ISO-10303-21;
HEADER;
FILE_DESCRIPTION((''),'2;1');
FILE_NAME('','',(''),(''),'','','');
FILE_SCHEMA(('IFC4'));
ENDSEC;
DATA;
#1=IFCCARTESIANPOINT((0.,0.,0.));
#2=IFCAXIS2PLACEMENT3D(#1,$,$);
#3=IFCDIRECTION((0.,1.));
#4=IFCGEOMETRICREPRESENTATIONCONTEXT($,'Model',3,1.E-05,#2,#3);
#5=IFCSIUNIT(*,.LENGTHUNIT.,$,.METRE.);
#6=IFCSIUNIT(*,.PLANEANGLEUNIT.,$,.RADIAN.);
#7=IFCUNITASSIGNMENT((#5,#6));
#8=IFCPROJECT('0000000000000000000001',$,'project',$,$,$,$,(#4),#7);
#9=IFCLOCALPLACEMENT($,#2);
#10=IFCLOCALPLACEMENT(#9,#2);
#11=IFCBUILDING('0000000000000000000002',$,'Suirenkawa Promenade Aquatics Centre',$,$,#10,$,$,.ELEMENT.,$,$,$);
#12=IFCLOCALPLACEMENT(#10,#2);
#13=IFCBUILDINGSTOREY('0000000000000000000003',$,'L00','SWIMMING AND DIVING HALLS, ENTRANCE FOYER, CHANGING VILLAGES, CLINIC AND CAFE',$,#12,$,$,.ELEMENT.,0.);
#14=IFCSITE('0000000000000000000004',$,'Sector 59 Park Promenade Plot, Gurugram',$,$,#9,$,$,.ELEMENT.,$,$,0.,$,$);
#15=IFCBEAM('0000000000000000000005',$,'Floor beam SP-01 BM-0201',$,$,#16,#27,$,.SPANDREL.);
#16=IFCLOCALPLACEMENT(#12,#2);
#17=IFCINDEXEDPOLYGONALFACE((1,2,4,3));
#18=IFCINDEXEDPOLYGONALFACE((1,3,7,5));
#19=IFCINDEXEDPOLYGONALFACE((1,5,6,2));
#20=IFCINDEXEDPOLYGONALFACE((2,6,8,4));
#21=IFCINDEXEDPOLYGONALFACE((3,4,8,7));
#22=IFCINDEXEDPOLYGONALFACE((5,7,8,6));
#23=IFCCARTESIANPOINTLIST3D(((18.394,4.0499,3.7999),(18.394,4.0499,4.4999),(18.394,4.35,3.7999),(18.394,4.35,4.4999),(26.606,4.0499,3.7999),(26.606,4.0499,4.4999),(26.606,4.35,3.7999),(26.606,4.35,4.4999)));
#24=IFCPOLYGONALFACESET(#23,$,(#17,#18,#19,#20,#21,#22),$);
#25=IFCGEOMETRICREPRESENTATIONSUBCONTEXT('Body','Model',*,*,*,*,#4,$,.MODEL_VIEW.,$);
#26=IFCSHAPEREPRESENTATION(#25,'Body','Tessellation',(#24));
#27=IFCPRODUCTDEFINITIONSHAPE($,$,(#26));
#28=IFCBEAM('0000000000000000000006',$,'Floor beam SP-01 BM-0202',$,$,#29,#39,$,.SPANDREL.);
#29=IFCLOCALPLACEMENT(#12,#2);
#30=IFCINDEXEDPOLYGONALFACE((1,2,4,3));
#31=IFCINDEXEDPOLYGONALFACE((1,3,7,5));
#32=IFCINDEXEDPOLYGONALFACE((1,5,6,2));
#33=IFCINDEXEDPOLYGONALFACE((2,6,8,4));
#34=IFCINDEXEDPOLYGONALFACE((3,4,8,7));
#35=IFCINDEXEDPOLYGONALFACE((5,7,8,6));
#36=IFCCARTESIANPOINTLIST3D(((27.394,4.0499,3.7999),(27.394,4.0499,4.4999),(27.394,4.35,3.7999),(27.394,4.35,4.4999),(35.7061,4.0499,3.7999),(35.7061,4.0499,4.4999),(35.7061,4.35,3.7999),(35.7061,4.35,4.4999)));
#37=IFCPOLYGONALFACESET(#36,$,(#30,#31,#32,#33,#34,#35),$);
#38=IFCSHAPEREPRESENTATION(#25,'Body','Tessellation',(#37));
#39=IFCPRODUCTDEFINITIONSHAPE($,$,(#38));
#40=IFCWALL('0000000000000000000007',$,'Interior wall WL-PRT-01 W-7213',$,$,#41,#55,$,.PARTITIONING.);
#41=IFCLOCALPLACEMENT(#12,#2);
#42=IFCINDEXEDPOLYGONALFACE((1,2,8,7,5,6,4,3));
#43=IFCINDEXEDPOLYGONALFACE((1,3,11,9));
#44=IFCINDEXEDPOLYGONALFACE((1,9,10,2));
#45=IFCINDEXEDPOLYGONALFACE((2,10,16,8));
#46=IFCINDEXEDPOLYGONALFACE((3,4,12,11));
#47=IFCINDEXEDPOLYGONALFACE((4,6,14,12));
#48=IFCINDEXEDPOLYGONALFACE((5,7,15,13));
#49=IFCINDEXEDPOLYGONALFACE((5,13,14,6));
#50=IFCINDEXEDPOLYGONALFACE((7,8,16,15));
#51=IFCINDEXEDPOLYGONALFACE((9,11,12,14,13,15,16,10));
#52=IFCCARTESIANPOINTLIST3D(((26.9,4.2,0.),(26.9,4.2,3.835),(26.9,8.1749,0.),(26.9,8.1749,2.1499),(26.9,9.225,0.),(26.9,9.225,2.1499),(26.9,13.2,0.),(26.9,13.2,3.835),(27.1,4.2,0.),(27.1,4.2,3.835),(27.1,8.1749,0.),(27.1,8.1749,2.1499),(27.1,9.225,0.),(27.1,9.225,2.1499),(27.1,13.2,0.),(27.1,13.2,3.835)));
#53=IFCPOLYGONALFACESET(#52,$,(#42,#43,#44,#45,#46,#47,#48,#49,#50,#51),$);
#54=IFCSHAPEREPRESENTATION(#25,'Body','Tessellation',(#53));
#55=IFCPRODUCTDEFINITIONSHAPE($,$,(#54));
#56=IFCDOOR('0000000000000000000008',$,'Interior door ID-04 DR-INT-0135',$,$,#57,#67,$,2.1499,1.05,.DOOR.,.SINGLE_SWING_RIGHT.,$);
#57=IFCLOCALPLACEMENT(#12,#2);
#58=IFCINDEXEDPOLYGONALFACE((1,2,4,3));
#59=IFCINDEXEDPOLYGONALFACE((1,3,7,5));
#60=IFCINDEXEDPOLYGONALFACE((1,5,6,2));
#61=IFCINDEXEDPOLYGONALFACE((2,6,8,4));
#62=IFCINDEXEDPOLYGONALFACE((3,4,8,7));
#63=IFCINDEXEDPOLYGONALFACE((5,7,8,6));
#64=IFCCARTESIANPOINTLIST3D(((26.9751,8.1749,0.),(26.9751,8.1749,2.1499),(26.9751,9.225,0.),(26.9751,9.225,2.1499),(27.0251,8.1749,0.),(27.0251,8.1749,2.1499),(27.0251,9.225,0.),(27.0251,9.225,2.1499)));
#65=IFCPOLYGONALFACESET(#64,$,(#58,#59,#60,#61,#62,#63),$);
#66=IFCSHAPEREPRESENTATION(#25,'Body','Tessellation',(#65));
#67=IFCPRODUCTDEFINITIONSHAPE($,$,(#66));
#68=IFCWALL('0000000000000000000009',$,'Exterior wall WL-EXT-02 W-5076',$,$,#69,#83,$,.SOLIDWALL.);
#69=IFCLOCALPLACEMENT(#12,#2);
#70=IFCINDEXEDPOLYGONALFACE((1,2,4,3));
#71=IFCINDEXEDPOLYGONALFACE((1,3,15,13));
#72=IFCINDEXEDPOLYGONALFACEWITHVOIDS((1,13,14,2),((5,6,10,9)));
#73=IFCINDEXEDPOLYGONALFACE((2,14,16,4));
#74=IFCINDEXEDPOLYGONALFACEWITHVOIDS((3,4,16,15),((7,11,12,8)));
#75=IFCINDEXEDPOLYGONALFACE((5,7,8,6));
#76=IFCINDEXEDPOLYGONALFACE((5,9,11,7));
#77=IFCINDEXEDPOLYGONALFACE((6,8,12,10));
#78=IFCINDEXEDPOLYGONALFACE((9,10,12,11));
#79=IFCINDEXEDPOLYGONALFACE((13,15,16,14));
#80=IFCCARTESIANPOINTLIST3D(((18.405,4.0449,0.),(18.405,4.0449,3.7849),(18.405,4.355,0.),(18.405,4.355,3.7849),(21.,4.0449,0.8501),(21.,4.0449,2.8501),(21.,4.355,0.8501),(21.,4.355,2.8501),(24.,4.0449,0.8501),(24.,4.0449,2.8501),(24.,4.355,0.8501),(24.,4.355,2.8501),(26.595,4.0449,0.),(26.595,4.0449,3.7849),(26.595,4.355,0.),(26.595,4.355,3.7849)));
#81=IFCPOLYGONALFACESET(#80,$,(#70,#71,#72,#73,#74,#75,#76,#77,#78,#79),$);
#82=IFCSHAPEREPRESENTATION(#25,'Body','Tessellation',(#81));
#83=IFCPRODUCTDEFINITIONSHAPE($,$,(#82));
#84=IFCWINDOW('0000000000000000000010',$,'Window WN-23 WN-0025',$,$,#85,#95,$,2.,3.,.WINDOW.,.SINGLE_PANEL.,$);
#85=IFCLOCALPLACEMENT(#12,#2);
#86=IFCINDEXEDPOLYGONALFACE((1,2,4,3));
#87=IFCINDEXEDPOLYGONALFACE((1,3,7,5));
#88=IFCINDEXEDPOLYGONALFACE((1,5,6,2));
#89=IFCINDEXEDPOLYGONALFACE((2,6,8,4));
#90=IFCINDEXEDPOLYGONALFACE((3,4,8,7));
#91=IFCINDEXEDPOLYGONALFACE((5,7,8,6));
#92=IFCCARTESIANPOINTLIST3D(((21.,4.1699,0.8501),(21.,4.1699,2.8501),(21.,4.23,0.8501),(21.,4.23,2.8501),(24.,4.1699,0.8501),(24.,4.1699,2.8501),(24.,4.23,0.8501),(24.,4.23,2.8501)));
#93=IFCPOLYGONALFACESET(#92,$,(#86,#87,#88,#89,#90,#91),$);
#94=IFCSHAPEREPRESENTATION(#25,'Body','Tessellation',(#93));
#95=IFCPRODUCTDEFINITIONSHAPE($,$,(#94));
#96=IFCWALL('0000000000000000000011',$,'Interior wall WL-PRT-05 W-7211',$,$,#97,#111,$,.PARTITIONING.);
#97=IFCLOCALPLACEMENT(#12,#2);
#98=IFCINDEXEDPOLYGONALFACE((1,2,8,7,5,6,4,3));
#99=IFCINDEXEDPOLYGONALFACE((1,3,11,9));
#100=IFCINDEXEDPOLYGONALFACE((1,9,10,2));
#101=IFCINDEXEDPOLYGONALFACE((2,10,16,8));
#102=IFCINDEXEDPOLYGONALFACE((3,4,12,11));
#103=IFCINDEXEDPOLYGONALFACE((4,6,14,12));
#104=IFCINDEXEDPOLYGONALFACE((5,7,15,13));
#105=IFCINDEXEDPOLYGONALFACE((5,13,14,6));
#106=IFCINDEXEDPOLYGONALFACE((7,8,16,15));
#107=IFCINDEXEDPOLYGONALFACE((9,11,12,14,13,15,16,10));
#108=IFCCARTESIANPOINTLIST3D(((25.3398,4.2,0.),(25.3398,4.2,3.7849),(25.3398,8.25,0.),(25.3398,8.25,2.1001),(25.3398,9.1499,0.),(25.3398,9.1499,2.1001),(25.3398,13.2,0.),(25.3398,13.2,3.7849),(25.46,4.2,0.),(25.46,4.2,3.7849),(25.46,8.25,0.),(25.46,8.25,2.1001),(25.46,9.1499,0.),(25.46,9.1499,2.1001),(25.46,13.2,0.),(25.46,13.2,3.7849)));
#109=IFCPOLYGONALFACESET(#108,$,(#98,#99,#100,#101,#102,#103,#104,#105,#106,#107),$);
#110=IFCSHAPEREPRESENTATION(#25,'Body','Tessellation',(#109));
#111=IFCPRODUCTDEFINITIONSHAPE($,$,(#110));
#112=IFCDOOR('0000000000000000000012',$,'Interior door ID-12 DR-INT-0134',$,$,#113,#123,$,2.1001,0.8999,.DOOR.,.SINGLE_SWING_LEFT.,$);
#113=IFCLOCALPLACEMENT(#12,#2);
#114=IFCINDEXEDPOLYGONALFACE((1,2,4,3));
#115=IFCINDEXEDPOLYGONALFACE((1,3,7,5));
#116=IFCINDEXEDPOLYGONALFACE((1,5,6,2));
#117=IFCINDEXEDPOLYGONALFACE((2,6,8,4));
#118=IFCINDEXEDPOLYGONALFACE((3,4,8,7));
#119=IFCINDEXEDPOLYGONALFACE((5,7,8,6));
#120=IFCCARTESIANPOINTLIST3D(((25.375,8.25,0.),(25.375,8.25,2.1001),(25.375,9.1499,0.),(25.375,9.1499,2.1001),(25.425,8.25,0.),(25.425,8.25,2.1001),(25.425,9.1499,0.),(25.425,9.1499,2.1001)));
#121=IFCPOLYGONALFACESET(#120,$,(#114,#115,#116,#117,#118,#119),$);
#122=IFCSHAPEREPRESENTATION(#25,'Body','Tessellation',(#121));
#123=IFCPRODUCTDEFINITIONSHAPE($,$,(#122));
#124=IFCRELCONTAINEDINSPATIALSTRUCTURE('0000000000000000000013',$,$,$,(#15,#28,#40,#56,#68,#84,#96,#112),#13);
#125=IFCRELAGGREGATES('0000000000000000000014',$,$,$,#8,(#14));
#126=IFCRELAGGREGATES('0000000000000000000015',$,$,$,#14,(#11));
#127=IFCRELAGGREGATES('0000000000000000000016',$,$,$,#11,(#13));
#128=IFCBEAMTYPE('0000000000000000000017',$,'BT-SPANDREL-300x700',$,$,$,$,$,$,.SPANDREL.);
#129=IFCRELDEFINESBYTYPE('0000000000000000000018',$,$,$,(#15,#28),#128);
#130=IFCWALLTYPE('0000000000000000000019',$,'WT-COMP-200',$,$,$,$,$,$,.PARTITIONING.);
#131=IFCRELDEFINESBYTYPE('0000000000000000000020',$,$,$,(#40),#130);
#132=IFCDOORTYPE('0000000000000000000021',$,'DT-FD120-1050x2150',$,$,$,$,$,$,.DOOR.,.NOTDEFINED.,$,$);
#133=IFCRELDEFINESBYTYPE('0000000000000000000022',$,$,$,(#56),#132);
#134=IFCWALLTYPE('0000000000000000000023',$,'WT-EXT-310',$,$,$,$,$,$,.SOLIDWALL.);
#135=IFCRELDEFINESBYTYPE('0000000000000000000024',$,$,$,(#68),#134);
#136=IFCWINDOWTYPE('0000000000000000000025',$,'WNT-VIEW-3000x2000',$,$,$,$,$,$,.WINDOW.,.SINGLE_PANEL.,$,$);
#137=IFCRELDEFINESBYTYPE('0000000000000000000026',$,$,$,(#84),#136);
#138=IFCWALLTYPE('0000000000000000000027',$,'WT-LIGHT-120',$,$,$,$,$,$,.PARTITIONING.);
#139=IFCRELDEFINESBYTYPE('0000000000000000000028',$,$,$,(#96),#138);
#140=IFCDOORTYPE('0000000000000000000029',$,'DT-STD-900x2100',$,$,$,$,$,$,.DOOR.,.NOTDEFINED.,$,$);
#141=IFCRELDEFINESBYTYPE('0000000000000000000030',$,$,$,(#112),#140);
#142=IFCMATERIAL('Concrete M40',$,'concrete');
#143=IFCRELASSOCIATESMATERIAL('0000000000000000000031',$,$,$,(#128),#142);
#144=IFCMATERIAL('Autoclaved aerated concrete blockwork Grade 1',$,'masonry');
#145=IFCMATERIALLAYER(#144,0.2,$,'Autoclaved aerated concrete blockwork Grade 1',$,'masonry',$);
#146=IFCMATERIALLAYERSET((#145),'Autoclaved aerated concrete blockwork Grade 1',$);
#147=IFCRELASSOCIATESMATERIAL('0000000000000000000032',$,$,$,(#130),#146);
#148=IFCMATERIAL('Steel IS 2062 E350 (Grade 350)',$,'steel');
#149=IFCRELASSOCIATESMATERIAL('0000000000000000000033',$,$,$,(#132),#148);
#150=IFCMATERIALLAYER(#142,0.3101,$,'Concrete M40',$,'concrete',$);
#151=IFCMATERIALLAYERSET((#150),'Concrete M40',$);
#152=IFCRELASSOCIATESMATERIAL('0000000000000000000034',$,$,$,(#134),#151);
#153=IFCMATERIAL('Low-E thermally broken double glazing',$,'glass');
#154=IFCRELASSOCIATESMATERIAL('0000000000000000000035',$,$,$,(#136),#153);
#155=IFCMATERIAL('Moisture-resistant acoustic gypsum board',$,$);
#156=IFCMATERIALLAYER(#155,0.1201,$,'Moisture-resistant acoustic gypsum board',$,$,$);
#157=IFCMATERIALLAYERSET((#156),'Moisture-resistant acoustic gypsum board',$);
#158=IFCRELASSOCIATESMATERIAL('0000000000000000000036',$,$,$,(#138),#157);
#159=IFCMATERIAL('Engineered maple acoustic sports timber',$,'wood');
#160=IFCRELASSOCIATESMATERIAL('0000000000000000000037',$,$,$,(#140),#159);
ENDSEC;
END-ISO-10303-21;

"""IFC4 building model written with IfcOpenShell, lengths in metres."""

from ifc_helpers import new_model, si_unit, direction, frame, frame_2d, origin, origin_2d, place, context, subcontext, project, spatial, rectangle, extrude, material, layer, layer_set, material_profile, profile_set, type_object, element, fill, save


model = new_model("IFC4")

# Units and contexts
model_context = context("Model", 3, precision=1e-05, world=origin(), true_north=direction((0.0, 1.0)))
body_context = subcontext(model_context, "Body", "Model", "MODEL_VIEW")
ifc_project = project(units=[si_unit("LENGTHUNIT", "METRE"), si_unit("PLANEANGLEUNIT", "RADIAN")], contexts=[model_context])

# Site, building, storey
site_placement = place(None, origin())
site = spatial("IfcSite", under=ifc_project, at=site_placement, Name="Sector 59 Park Promenade Plot, Gurugram", CompositionType="ELEMENT", RefElevation=0.0)
building_placement = place(site_placement, origin())
building = spatial("IfcBuilding", under=site, at=building_placement, Name="Suirenkawa Promenade Aquatics Centre", CompositionType="ELEMENT")
storey_placement = place(building_placement, origin())
storey = spatial("IfcBuildingStorey", under=building, at=storey_placement, Name="L00", Description="SWIMMING AND DIVING HALLS, ENTRANCE FOYER, CHANGING VILLAGES, CLINIC AND CAFE", CompositionType="ELEMENT", Elevation=0.0)

# Shared definitions
ifc_material_1 = material(Name="Concrete M40", Category="concrete")

# Beams
ifc_material_2 = material(Name="Steel IS 2062 E350 (Grade 350)", Category="steel")
ifc_material_profile_1 = material_profile(ifc_material_1, rectangle(XDim=0.3, YDim=0.7, at=origin_2d()), Name="RC SPANDREL 300x700", Category="concrete")
ifc_profile_set_1 = profile_set([ifc_material_profile_1], Name="Concrete M40")
beam_type_1 = type_object("IfcBeamType", Name="BT-SPANDREL-300x700", PredefinedType="SPANDREL", material=ifc_profile_set_1)
beam_1_placement = place(storey_placement, frame((18.394, 4.2, 4.1499), z_axis=(1.0, 0.0, 0.0), x_axis=(0.0, 1.0, 0.0)))
element("IfcBeam", 1, at=beam_1_placement, inside=storey, type_object=beam_type_1, Name="Floor beam SP-01 BM-0201", PredefinedType="SPANDREL", context=body_context, shape_type="SweptSolid", body=[
    extrude(rectangle(XDim=0.3, YDim=0.7, at=origin_2d()), origin(), (0.0, 0.0, 1.0), 8.2119),
])
beam_2_placement = place(storey_placement, frame((27.394, 4.2, 4.1499), z_axis=(1.0, 0.0, 0.0), x_axis=(0.0, 1.0, 0.0)))
element("IfcBeam", 2, at=beam_2_placement, inside=storey, type_object=beam_type_1, Name="Floor beam SP-01 BM-0202", PredefinedType="SPANDREL", context=body_context, shape_type="SweptSolid", body=[
    extrude(rectangle(XDim=0.3, YDim=0.7, at=origin_2d()), origin(), (0.0, 0.0, 1.0), 8.312),
])

# Wall, opening, door
ifc_material_3 = material(Name="Autoclaved aerated concrete blockwork Grade 1", Category="masonry")
ifc_layer_1 = layer(ifc_material_3, 0.2, Name="Autoclaved aerated concrete blockwork Grade 1", Category="masonry")
ifc_layer_set_1 = layer_set([ifc_layer_1], Name="Autoclaved aerated concrete blockwork Grade 1")
wall_type_1 = type_object("IfcWallType", Name="WT-COMP-200", PredefinedType="PARTITIONING", material=ifc_layer_set_1)
wall_1_placement = place(storey_placement, frame((27.0, 4.2, 0.0), z_axis=(0.0, 0.0, 1.0), x_axis=(0.0, 1.0, 0.0)))
wall_1 = element("IfcWall", 3, at=wall_1_placement, inside=storey, type_object=wall_type_1, Name="Interior wall WL-PRT-01 W-7213", PredefinedType="PARTITIONING", context=body_context, shape_type="SweptSolid", body=[
    extrude(rectangle(XDim=9.0, YDim=0.2, at=frame_2d((4.5, 0.0))), origin(), (0.0, 0.0, 1.0), 3.835),
])
opening_1_placement = place(wall_1_placement, frame((3.9751, 0.0, 0.0)))
opening_1 = element("IfcOpeningElement", 4, at=opening_1_placement, cuts=wall_1, PredefinedType="OPENING", context=body_context, shape_type="SweptSolid", body=[
    extrude(rectangle(XDim=1.05, YDim=2.1499, at=frame_2d((0.5249, 1.075))), frame((0.0, 0.1099, 0.0), z_axis=(0.0, -1.0, 0.0), x_axis=(1.0, 0.0, 0.0)), (0.0, 0.0, 1.0), 0.22),
])
door_type_1 = type_object("IfcDoorType", Name="DT-FD120-1050x2150", OperationType="NOTDEFINED", PredefinedType="DOOR", material=ifc_material_2)
door_1_placement = place(opening_1_placement, origin())
door_1 = element("IfcDoor", 5, at=door_1_placement, inside=storey, type_object=door_type_1, Name="Interior door ID-04 DR-INT-0135", OperationType="SINGLE_SWING_RIGHT", OverallHeight=2.1499, OverallWidth=1.05, PredefinedType="DOOR", context=body_context, shape_type="SweptSolid", body=[
    extrude(rectangle(XDim=1.05, YDim=2.1499, at=frame_2d((0.5249, 1.075))), frame((0.0, 0.0249, 0.0), z_axis=(0.0, -1.0, 0.0), x_axis=(1.0, 0.0, 0.0)), (0.0, 0.0, 1.0), 0.05),
])
fill(opening_1, door_1)
ifc_layer_2 = layer(ifc_material_1, 0.3101, Name="Concrete M40", Category="concrete")
ifc_layer_set_2 = layer_set([ifc_layer_2], Name="Concrete M40")
wall_type_2 = type_object("IfcWallType", Name="WT-EXT-310", PredefinedType="SOLIDWALL", material=ifc_layer_set_2)

# Wall, opening, window
wall_2_placement = place(storey_placement, frame((26.595, 4.2, 0.0), z_axis=(0.0, 0.0, 1.0), x_axis=(-1.0, 0.0, 0.0)))
wall_2 = element("IfcWall", 6, at=wall_2_placement, inside=storey, type_object=wall_type_2, Name="Exterior wall WL-EXT-02 W-5076", PredefinedType="SOLIDWALL", context=body_context, shape_type="SweptSolid", body=[
    extrude(rectangle(XDim=8.1899, YDim=0.3101, at=frame_2d((4.095, 0.0))), origin(), (0.0, 0.0, 1.0), 3.7849),
])
opening_2_placement = place(wall_2_placement, frame((2.595, 0.0, 0.8501)))
opening_2 = element("IfcOpeningElement", 7, at=opening_2_placement, cuts=wall_2, PredefinedType="OPENING", context=body_context, shape_type="SweptSolid", body=[
    extrude(rectangle(XDim=3.0, YDim=2.0, at=frame_2d((1.5, 1.0))), frame((0.0, 0.165, 0.0), z_axis=(0.0, -1.0, 0.0), x_axis=(1.0, 0.0, 0.0)), (0.0, 0.0, 1.0), 0.3301),
])
ifc_material_4 = material(Name="Low-E thermally broken double glazing", Category="glass")
window_type = type_object("IfcWindowType", Name="WNT-VIEW-3000x2000", PartitioningType="SINGLE_PANEL", PredefinedType="WINDOW", material=ifc_material_4)
window_placement = place(opening_2_placement, origin())
window = element("IfcWindow", 8, at=window_placement, inside=storey, type_object=window_type, Name="Window WN-23 WN-0025", OverallHeight=2.0, OverallWidth=3.0, PartitioningType="SINGLE_PANEL", PredefinedType="WINDOW", context=body_context, shape_type="SweptSolid", body=[
    extrude(rectangle(XDim=3.0, YDim=2.0, at=frame_2d((1.5, 1.0))), frame((0.0, 0.03, 0.0), z_axis=(0.0, -1.0, 0.0), x_axis=(1.0, 0.0, 0.0)), (0.0, 0.0, 1.0), 0.0601),
])
fill(opening_2, window)

# Wall, opening, door
ifc_material_5 = material(Name="Moisture-resistant acoustic gypsum board")
ifc_layer_3 = layer(ifc_material_5, 0.1201, Name="Moisture-resistant acoustic gypsum board")
ifc_layer_set_3 = layer_set([ifc_layer_3], Name="Moisture-resistant acoustic gypsum board")
wall_type_3 = type_object("IfcWallType", Name="WT-LIGHT-120", PredefinedType="PARTITIONING", material=ifc_layer_set_3)
wall_3_placement = place(storey_placement, frame((25.3999, 4.2, 0.0), z_axis=(0.0, 0.0, 1.0), x_axis=(0.0, 1.0, 0.0)))
wall_3 = element("IfcWall", 9, at=wall_3_placement, inside=storey, type_object=wall_type_3, Name="Interior wall WL-PRT-05 W-7211", PredefinedType="PARTITIONING", context=body_context, shape_type="SweptSolid", body=[
    extrude(rectangle(XDim=9.0, YDim=0.1201, at=frame_2d((4.5, 0.0))), origin(), (0.0, 0.0, 1.0), 3.7849),
])
opening_3_placement = place(wall_3_placement, frame((4.05, 0.0, 0.0)))
opening_3 = element("IfcOpeningElement", 10, at=opening_3_placement, cuts=wall_3, PredefinedType="OPENING", context=body_context, shape_type="SweptSolid", body=[
    extrude(rectangle(XDim=0.8999, YDim=2.1001, at=frame_2d((0.45, 1.05))), frame((0.0, 0.0701, 0.0), z_axis=(0.0, -1.0, 0.0), x_axis=(1.0, 0.0, 0.0)), (0.0, 0.0, 1.0), 0.1401),
])
ifc_material_6 = material(Name="Engineered maple acoustic sports timber", Category="wood")
door_type_2 = type_object("IfcDoorType", Name="DT-STD-900x2100", OperationType="NOTDEFINED", PredefinedType="DOOR", material=ifc_material_6)
door_2_placement = place(opening_3_placement, origin())
door_2 = element("IfcDoor", 11, at=door_2_placement, inside=storey, type_object=door_type_2, Name="Interior door ID-12 DR-INT-0134", OperationType="SINGLE_SWING_LEFT", OverallHeight=2.1001, OverallWidth=0.8999, PredefinedType="DOOR", context=body_context, shape_type="SweptSolid", body=[
    extrude(rectangle(XDim=0.8999, YDim=2.1001, at=frame_2d((0.45, 1.05))), frame((0.0, 0.0249, 0.0), z_axis=(0.0, -1.0, 0.0), x_axis=(1.0, 0.0, 0.0)), (0.0, 0.0, 1.0), 0.05),
])
fill(opening_3, door_2)

save(model, "model.ifc")
